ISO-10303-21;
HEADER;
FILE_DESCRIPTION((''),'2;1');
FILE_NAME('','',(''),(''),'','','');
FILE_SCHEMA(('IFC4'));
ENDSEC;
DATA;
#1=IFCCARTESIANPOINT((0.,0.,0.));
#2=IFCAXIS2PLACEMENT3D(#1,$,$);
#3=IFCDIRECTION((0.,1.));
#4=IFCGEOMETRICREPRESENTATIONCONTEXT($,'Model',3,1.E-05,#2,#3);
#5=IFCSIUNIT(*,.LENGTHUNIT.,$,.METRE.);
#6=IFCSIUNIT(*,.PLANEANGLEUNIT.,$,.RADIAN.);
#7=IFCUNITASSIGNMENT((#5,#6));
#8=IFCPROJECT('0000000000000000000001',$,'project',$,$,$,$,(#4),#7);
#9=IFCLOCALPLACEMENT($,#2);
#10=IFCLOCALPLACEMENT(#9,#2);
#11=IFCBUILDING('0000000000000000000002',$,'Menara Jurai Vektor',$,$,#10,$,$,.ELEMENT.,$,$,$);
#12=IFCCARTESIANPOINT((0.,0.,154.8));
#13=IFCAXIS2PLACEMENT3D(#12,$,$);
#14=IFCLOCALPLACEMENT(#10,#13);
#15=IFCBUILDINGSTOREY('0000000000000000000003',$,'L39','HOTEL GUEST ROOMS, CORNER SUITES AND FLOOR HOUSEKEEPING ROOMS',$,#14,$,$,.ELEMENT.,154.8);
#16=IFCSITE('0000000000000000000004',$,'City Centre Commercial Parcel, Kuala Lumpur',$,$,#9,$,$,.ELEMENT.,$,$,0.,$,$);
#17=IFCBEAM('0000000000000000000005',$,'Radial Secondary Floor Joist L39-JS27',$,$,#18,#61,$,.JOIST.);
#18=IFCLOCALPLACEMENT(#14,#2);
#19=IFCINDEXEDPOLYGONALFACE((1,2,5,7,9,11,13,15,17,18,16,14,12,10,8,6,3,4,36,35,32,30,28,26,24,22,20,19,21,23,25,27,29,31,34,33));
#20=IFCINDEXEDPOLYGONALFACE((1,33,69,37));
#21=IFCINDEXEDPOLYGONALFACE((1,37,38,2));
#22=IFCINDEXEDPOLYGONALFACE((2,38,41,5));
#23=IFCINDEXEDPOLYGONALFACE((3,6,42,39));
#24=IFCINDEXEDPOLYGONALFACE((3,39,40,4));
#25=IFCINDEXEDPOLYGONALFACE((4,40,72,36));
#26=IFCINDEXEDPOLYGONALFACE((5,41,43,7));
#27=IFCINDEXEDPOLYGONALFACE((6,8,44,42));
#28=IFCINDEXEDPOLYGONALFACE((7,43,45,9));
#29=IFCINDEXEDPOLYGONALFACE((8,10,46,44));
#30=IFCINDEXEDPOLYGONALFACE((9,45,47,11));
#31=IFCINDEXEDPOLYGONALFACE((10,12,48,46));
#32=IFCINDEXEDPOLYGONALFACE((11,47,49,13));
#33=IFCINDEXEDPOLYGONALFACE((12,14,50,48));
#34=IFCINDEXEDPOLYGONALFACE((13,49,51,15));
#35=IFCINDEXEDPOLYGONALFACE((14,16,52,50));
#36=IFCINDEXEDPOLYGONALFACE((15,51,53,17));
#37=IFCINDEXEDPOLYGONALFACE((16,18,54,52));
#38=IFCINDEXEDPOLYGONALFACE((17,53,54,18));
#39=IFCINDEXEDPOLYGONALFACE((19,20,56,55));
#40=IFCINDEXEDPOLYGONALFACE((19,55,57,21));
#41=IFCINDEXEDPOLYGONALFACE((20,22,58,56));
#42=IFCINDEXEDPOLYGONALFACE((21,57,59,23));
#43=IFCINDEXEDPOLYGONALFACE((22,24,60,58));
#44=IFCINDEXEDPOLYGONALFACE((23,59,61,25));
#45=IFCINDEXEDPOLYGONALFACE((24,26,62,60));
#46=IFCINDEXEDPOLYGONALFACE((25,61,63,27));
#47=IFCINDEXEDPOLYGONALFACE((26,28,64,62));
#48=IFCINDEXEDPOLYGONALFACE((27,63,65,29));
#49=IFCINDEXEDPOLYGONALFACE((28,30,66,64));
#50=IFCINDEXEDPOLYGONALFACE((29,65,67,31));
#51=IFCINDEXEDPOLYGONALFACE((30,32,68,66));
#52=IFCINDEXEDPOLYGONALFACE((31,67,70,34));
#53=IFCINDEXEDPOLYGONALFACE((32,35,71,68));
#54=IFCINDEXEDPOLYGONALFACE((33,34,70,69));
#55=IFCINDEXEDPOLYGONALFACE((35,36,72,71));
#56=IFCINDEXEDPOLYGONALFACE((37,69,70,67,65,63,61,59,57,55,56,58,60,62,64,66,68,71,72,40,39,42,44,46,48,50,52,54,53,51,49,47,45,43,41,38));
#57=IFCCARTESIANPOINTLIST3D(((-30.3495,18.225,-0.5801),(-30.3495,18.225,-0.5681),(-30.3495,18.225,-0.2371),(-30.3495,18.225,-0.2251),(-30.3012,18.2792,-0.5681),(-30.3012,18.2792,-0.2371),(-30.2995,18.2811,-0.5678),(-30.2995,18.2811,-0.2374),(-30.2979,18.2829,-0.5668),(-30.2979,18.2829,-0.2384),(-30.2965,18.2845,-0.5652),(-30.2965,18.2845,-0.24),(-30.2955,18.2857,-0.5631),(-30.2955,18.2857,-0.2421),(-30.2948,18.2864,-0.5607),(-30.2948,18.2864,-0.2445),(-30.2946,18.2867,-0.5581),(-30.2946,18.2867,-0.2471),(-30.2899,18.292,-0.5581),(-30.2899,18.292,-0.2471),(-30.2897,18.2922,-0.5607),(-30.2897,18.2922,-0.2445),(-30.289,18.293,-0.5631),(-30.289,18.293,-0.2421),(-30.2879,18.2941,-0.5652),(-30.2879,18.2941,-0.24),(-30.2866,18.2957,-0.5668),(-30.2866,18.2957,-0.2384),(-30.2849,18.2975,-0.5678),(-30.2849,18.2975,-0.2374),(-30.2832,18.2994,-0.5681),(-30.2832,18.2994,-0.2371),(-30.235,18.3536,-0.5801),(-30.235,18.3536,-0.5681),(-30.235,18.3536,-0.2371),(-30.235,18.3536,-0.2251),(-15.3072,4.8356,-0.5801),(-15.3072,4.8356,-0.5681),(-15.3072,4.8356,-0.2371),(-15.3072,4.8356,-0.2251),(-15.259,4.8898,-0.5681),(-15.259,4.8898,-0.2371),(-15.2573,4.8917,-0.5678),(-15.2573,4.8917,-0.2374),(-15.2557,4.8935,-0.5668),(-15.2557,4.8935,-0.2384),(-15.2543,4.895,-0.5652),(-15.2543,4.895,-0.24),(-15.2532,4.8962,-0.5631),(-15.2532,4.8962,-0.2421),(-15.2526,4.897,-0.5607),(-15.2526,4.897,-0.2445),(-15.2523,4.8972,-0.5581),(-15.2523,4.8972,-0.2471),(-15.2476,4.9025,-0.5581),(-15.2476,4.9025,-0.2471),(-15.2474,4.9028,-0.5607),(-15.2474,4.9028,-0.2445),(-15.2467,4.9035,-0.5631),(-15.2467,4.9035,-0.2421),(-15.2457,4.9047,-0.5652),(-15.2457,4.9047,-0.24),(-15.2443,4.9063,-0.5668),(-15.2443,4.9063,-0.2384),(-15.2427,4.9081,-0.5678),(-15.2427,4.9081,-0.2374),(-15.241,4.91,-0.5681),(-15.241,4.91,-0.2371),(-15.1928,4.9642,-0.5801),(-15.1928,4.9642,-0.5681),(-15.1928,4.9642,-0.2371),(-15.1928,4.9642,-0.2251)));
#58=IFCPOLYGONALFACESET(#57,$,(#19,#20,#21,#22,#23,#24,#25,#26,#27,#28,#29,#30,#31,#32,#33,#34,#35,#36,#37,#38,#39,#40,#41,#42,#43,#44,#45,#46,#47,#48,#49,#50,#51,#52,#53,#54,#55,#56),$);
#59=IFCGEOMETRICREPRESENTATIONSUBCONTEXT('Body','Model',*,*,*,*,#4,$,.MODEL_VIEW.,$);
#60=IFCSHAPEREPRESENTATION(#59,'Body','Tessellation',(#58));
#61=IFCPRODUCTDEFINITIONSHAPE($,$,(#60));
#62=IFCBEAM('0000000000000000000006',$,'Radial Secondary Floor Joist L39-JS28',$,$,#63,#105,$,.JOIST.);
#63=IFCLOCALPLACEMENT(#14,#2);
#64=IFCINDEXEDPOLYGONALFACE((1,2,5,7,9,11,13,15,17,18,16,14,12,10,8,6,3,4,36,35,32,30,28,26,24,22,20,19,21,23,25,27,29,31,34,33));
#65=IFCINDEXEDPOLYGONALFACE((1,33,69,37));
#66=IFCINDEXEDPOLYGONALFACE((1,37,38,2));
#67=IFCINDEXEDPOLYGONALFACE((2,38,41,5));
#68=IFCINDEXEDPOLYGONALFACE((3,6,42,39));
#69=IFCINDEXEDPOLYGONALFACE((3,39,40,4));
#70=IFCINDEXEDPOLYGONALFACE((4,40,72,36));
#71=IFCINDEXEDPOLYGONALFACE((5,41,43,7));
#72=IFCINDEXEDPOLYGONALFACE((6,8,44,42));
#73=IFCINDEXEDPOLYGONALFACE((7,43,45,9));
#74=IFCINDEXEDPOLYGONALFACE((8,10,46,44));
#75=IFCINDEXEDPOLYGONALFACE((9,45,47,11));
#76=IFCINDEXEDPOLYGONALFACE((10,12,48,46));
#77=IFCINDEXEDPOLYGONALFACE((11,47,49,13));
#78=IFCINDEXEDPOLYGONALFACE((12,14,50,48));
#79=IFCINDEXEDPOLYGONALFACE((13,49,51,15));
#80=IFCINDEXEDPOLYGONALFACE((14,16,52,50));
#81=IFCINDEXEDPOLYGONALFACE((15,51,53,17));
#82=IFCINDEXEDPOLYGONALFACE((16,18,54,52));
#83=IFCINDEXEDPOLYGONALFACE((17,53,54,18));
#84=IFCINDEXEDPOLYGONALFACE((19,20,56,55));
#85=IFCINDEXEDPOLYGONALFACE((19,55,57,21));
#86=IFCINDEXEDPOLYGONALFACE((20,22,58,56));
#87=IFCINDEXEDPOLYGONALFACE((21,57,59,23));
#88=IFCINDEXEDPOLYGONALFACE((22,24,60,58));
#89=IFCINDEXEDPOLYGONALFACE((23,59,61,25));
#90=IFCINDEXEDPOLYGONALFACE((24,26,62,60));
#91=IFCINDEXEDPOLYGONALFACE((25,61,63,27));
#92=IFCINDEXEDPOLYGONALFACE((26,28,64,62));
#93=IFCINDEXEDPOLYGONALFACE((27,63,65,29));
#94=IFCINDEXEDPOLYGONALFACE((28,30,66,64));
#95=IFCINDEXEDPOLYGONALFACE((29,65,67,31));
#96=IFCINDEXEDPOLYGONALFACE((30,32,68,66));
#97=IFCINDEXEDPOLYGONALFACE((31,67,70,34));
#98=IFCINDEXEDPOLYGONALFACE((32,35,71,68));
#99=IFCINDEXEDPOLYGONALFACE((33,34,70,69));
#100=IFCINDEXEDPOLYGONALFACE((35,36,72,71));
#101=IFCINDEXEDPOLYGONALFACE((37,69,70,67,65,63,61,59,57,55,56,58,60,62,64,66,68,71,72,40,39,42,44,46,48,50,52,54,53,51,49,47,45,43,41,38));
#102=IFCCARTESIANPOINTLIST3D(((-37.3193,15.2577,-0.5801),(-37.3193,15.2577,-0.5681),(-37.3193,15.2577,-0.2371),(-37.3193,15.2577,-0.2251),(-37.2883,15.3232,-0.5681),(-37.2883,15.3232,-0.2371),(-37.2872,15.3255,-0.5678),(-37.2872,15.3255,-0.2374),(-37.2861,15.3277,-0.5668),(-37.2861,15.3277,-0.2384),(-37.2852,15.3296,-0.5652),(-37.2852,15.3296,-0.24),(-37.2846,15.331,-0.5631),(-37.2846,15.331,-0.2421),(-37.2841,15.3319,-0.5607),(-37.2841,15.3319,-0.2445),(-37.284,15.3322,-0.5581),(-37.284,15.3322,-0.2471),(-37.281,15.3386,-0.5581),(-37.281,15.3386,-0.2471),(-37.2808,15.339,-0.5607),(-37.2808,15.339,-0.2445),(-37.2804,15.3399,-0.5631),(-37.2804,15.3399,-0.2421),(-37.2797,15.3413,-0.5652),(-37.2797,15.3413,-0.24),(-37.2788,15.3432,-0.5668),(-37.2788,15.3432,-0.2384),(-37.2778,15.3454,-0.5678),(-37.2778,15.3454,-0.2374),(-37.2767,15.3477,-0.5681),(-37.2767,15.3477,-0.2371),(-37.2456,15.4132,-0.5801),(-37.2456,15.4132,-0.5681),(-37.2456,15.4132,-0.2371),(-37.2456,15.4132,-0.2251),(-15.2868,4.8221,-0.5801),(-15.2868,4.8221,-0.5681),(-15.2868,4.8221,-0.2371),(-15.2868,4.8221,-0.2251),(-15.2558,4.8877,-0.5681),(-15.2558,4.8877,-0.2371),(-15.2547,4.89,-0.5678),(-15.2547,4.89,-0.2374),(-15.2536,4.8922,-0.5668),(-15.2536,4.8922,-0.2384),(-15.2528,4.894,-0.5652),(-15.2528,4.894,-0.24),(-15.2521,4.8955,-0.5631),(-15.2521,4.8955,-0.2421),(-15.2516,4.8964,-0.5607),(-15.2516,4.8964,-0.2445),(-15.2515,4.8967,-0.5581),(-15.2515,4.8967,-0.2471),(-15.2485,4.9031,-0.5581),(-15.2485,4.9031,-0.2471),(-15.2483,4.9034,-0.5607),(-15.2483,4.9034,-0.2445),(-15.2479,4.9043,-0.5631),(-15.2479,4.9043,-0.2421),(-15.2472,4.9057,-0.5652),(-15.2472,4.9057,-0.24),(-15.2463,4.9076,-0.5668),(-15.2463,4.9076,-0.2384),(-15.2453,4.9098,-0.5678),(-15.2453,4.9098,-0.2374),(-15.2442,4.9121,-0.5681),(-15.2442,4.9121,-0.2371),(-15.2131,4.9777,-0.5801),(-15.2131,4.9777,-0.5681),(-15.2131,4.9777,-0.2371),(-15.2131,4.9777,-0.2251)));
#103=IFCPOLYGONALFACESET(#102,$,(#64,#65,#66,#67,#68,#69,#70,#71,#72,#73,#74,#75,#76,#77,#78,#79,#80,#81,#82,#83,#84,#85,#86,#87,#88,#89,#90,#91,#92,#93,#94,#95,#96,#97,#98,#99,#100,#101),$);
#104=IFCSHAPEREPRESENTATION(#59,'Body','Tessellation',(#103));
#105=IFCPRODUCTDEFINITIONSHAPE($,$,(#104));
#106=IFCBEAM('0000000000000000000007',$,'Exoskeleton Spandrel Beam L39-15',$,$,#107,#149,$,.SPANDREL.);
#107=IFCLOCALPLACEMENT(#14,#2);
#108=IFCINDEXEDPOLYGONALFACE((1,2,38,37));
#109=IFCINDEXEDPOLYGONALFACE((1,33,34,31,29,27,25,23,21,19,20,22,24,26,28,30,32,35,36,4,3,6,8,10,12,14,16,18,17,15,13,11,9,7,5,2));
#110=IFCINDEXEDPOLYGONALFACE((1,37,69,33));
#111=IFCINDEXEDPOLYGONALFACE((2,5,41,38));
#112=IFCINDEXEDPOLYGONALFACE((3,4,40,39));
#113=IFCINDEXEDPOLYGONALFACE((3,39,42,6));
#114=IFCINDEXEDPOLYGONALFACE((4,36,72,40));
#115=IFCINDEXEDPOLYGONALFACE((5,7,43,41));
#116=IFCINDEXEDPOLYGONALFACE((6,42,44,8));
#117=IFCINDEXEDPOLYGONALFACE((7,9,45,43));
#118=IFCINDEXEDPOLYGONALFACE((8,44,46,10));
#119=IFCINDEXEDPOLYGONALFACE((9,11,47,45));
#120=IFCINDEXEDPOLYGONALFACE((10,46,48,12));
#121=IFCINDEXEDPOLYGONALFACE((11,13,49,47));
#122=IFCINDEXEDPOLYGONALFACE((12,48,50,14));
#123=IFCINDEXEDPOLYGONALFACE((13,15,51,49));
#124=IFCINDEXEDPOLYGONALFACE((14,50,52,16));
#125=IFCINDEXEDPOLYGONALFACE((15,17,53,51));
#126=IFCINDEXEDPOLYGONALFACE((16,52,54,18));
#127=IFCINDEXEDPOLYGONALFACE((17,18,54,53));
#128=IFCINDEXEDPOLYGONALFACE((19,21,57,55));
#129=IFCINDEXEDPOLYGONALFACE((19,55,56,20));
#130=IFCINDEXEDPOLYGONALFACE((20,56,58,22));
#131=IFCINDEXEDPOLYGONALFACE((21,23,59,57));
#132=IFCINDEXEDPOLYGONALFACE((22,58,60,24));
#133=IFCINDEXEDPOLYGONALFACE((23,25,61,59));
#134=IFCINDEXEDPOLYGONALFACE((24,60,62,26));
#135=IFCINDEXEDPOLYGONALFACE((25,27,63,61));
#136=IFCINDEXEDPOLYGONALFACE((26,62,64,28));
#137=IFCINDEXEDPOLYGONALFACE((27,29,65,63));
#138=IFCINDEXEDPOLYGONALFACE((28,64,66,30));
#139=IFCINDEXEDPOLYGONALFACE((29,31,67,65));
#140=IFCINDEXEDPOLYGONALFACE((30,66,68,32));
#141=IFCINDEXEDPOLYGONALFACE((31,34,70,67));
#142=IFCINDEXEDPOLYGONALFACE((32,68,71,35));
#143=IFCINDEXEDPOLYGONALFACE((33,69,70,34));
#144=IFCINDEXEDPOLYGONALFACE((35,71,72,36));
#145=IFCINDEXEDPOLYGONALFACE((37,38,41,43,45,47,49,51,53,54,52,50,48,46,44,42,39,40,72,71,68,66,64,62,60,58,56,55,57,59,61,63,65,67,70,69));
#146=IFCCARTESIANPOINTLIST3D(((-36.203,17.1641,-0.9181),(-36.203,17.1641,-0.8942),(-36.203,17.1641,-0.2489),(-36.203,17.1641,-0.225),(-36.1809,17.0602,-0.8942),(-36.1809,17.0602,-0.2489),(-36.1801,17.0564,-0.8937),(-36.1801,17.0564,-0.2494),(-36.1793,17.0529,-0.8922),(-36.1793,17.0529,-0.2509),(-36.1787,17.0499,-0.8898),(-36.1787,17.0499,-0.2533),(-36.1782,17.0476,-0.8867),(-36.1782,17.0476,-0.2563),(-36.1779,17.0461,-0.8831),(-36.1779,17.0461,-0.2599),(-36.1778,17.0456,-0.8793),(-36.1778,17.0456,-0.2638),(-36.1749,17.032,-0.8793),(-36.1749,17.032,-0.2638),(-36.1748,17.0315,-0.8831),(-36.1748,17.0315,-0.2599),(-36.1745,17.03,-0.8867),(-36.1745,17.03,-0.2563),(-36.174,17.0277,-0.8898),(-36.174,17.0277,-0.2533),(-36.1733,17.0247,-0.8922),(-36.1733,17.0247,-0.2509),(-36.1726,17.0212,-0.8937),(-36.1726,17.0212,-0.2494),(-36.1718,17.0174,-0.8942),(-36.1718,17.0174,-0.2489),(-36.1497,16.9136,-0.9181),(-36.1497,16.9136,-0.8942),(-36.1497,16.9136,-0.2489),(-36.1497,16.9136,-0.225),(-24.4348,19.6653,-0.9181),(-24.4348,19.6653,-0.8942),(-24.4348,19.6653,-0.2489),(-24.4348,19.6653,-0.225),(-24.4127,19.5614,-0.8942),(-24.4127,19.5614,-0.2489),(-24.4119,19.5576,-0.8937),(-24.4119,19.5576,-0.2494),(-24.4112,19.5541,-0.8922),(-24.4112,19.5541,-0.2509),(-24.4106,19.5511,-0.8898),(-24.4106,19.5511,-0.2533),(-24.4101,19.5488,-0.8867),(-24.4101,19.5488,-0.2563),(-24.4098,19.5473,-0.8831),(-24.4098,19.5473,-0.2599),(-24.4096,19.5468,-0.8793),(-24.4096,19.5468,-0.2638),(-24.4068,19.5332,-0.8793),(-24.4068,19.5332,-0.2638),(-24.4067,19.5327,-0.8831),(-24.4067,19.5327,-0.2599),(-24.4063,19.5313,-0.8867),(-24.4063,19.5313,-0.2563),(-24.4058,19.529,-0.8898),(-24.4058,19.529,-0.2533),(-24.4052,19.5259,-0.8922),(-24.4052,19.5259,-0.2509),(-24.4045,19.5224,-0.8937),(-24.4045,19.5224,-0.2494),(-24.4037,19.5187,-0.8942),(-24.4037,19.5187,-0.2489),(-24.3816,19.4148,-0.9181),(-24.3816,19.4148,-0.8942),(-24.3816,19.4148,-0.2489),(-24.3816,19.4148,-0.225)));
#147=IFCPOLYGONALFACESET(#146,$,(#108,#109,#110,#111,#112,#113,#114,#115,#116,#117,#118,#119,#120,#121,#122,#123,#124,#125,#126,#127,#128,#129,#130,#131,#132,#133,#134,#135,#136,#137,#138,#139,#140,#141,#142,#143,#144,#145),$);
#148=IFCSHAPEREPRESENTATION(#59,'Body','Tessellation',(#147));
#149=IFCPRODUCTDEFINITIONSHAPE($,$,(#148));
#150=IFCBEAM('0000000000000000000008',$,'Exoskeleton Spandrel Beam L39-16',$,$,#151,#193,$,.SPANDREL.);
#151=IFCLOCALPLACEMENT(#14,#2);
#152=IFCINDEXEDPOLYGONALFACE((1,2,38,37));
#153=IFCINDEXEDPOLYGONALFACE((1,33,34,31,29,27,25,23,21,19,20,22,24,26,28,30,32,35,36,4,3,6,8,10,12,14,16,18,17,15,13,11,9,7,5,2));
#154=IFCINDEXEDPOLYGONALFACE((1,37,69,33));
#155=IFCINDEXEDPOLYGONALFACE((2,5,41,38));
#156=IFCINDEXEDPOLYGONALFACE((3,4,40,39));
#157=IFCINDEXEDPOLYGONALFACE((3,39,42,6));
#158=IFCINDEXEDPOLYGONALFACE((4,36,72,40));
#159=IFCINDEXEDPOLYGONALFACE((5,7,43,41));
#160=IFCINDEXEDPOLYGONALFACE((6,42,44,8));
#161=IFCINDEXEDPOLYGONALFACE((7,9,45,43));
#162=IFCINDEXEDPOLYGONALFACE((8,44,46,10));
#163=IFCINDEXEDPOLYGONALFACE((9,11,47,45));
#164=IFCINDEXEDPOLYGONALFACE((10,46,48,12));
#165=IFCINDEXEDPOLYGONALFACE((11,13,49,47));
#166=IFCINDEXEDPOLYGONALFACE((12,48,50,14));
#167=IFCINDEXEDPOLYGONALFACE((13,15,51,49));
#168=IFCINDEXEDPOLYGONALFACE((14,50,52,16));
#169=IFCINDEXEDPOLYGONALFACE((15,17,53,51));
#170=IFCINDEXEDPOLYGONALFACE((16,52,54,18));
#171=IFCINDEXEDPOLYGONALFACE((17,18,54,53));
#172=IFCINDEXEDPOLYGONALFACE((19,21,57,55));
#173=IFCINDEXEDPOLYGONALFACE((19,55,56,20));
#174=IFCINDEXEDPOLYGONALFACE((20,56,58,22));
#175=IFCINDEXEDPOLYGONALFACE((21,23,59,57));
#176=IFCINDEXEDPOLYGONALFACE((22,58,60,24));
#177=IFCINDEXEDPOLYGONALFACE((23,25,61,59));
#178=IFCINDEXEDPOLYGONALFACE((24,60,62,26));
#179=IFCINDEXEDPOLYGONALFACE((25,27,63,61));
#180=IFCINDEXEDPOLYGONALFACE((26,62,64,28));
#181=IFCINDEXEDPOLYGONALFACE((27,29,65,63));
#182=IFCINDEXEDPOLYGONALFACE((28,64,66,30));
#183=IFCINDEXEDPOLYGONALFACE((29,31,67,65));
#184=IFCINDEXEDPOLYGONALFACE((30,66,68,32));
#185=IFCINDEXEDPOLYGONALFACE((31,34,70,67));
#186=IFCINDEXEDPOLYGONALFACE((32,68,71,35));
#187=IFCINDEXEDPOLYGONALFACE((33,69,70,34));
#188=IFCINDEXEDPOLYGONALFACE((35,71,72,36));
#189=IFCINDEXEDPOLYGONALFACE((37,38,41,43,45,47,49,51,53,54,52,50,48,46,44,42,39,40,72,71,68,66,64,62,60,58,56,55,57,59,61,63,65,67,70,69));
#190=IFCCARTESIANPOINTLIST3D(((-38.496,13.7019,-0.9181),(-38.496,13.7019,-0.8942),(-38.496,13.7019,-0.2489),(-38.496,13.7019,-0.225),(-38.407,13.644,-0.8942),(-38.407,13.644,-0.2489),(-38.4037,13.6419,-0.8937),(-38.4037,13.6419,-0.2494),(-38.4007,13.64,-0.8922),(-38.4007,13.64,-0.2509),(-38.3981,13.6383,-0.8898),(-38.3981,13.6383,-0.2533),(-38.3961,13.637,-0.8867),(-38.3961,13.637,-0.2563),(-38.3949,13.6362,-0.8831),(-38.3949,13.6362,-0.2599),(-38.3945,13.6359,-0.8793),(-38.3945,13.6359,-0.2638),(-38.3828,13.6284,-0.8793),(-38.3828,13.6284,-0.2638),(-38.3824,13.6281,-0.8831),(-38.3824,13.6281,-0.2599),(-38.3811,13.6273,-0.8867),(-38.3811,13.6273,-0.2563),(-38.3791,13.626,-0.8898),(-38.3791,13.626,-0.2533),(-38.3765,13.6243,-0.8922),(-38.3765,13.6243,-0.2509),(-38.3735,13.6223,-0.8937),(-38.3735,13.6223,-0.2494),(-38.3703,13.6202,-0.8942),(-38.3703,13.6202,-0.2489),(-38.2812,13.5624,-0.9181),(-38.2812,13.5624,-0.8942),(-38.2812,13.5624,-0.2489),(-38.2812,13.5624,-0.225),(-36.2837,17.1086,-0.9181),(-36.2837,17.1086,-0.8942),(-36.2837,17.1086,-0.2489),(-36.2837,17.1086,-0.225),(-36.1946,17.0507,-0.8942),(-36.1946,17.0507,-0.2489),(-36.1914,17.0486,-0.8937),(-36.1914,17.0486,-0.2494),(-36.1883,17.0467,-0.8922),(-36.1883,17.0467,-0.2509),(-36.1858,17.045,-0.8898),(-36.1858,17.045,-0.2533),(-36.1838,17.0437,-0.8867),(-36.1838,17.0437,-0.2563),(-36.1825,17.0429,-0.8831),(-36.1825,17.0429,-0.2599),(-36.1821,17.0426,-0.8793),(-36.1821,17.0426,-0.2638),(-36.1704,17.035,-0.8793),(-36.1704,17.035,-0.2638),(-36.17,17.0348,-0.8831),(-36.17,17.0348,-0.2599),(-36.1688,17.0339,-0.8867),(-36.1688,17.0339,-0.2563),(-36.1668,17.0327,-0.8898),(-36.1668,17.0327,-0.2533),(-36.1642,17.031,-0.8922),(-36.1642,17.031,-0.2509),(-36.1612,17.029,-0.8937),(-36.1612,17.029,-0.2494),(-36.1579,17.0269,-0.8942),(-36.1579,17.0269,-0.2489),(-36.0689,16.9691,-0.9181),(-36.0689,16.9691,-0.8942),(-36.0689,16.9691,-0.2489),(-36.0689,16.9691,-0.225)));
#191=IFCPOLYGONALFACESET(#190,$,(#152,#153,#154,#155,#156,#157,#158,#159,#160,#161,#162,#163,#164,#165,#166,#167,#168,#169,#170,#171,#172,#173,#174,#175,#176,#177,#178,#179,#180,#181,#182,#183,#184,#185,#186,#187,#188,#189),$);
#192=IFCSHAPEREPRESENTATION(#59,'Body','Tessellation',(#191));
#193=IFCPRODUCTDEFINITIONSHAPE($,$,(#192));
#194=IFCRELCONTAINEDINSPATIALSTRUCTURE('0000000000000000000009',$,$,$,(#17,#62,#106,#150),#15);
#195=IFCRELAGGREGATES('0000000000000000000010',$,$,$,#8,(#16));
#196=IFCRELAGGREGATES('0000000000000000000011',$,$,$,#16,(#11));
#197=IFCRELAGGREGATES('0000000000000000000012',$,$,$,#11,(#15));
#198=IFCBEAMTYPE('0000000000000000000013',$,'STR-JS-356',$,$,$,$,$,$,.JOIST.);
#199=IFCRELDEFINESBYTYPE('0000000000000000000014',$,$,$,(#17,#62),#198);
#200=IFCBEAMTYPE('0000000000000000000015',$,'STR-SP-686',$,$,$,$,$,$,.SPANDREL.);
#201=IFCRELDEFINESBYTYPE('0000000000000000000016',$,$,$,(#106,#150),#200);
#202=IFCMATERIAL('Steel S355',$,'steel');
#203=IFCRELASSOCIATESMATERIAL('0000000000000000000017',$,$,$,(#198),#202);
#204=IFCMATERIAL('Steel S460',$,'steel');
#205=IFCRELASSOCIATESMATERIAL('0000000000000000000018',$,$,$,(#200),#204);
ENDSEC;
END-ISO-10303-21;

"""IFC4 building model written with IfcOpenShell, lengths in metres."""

from ifc_helpers import new_model, si_unit, direction, frame, origin, origin_2d, place, context, subcontext, project, spatial, i_section, extrude, material, material_profile, profile_set, type_object, element, save


model = new_model("IFC4")

# Units and contexts
model_context = context("Model", 3, precision=1e-05, world=origin(), true_north=direction((0.0, 1.0)))
body_context = subcontext(model_context, "Body", "Model", "MODEL_VIEW")
ifc_project = project(units=[si_unit("LENGTHUNIT", "METRE"), si_unit("PLANEANGLEUNIT", "RADIAN")], contexts=[model_context])

# Site, building, storey
site_placement = place(None, origin())
site = spatial("IfcSite", under=ifc_project, at=site_placement, Name="City Centre Commercial Parcel, Kuala Lumpur", CompositionType="ELEMENT", RefElevation=0.0)
building_placement = place(site_placement, origin())
building = spatial("IfcBuilding", under=site, at=building_placement, Name="Menara Jurai Vektor", CompositionType="ELEMENT")
storey_placement = place(building_placement, frame((0.0, 0.0, 154.8)))
storey = spatial("IfcBuildingStorey", under=building, at=storey_placement, Name="L39", Description="HOTEL GUEST ROOMS, CORNER SUITES AND FLOOR HOUSEKEEPING ROOMS", CompositionType="ELEMENT", Elevation=154.8)

# Shared definitions
ifc_material_1 = material(Name="Steel S460", Category="steel")

# Shared definitions
ifc_material_2 = material(Name="Steel S355", Category="steel")

# Beams
ifc_material_profile_1 = material_profile(ifc_material_2, i_section(OverallWidth=0.1721, OverallDepth=0.355, WebThickness=0.0071, FlangeThickness=0.012, FilletRadius=0.01, at=origin_2d()), Name="UKB 356x171x51")
ifc_profile_set_1 = profile_set([ifc_material_profile_1], Name="Steel S355")
beam_type_1 = type_object("IfcBeamType", Name="STR-JS-356", PredefinedType="JOIST", material=ifc_profile_set_1)
beam_1_placement = place(storey_placement, frame((-30.2922, 18.2893, -0.4026), z_axis=(0.746952, -0.664878, 0.0), x_axis=(0.664878, 0.746952, 0.0)))
element("IfcBeam", 1, at=beam_1_placement, inside=storey, type_object=beam_type_1, Name="Radial Secondary Floor Joist L39-JS27", PredefinedType="JOIST", context=body_context, shape_type="SweptSolid", body=[
    extrude(i_section(OverallWidth=0.1721, OverallDepth=0.355, WebThickness=0.0071, FlangeThickness=0.012, FilletRadius=0.01, at=origin_2d()), origin(), (0.0, 0.0, 1.0), 20.1382),
])
beam_2_placement = place(storey_placement, frame((-37.2825, 15.3354, -0.4026), z_axis=(0.903752, -0.428057, 0.0), x_axis=(0.428057, 0.903752, 0.0)))
element("IfcBeam", 2, at=beam_2_placement, inside=storey, type_object=beam_type_1, Name="Radial Secondary Floor Joist L39-JS28", PredefinedType="JOIST", context=body_context, shape_type="SweptSolid", body=[
    extrude(i_section(OverallWidth=0.1721, OverallDepth=0.355, WebThickness=0.0071, FlangeThickness=0.012, FilletRadius=0.01, at=origin_2d()), origin(), (0.0, 0.0, 1.0), 24.3789),
])
ifc_material_profile_2 = material_profile(ifc_material_1, i_section(OverallWidth=0.2561, OverallDepth=0.6931, WebThickness=0.0139, FlangeThickness=0.0239, FilletRadius=0.0149, at=origin_2d()), Name="UKB 686x254x170")
ifc_profile_set_2 = profile_set([ifc_material_profile_2], Name="Steel S460")
beam_type_2 = type_object("IfcBeamType", Name="STR-SP-686", PredefinedType="SPANDREL", material=ifc_profile_set_2)
beam_3_placement = place(storey_placement, frame((-24.4082, 19.54, -0.5715), z_axis=(-0.97815, -0.207899, 0.0), x_axis=(0.207899, -0.97815, 0.0)))
element("IfcBeam", 3, at=beam_3_placement, inside=storey, type_object=beam_type_2, Name="Exoskeleton Spandrel Beam L39-15", PredefinedType="SPANDREL", context=body_context, shape_type="SweptSolid", body=[
    extrude(i_section(OverallWidth=0.2561, OverallDepth=0.6931, WebThickness=0.0139, FlangeThickness=0.0239, FilletRadius=0.0149, at=origin_2d()), origin(), (0.0, 0.0, 1.0), 12.031),
])
beam_4_placement = place(storey_placement, frame((-36.1763, 17.0388, -0.5715), z_axis=(-0.544646, -0.838666, 0.0), x_axis=(0.838666, -0.544646, 0.0)))
element("IfcBeam", 4, at=beam_4_placement, inside=storey, type_object=beam_type_2, Name="Exoskeleton Spandrel Beam L39-16", PredefinedType="SPANDREL", context=body_context, shape_type="SweptSolid", body=[
    extrude(i_section(OverallWidth=0.2561, OverallDepth=0.6931, WebThickness=0.0139, FlangeThickness=0.0239, FilletRadius=0.0149, at=origin_2d()), origin(), (0.0, 0.0, 1.0), 4.062),
])

save(model, "model.ifc")
